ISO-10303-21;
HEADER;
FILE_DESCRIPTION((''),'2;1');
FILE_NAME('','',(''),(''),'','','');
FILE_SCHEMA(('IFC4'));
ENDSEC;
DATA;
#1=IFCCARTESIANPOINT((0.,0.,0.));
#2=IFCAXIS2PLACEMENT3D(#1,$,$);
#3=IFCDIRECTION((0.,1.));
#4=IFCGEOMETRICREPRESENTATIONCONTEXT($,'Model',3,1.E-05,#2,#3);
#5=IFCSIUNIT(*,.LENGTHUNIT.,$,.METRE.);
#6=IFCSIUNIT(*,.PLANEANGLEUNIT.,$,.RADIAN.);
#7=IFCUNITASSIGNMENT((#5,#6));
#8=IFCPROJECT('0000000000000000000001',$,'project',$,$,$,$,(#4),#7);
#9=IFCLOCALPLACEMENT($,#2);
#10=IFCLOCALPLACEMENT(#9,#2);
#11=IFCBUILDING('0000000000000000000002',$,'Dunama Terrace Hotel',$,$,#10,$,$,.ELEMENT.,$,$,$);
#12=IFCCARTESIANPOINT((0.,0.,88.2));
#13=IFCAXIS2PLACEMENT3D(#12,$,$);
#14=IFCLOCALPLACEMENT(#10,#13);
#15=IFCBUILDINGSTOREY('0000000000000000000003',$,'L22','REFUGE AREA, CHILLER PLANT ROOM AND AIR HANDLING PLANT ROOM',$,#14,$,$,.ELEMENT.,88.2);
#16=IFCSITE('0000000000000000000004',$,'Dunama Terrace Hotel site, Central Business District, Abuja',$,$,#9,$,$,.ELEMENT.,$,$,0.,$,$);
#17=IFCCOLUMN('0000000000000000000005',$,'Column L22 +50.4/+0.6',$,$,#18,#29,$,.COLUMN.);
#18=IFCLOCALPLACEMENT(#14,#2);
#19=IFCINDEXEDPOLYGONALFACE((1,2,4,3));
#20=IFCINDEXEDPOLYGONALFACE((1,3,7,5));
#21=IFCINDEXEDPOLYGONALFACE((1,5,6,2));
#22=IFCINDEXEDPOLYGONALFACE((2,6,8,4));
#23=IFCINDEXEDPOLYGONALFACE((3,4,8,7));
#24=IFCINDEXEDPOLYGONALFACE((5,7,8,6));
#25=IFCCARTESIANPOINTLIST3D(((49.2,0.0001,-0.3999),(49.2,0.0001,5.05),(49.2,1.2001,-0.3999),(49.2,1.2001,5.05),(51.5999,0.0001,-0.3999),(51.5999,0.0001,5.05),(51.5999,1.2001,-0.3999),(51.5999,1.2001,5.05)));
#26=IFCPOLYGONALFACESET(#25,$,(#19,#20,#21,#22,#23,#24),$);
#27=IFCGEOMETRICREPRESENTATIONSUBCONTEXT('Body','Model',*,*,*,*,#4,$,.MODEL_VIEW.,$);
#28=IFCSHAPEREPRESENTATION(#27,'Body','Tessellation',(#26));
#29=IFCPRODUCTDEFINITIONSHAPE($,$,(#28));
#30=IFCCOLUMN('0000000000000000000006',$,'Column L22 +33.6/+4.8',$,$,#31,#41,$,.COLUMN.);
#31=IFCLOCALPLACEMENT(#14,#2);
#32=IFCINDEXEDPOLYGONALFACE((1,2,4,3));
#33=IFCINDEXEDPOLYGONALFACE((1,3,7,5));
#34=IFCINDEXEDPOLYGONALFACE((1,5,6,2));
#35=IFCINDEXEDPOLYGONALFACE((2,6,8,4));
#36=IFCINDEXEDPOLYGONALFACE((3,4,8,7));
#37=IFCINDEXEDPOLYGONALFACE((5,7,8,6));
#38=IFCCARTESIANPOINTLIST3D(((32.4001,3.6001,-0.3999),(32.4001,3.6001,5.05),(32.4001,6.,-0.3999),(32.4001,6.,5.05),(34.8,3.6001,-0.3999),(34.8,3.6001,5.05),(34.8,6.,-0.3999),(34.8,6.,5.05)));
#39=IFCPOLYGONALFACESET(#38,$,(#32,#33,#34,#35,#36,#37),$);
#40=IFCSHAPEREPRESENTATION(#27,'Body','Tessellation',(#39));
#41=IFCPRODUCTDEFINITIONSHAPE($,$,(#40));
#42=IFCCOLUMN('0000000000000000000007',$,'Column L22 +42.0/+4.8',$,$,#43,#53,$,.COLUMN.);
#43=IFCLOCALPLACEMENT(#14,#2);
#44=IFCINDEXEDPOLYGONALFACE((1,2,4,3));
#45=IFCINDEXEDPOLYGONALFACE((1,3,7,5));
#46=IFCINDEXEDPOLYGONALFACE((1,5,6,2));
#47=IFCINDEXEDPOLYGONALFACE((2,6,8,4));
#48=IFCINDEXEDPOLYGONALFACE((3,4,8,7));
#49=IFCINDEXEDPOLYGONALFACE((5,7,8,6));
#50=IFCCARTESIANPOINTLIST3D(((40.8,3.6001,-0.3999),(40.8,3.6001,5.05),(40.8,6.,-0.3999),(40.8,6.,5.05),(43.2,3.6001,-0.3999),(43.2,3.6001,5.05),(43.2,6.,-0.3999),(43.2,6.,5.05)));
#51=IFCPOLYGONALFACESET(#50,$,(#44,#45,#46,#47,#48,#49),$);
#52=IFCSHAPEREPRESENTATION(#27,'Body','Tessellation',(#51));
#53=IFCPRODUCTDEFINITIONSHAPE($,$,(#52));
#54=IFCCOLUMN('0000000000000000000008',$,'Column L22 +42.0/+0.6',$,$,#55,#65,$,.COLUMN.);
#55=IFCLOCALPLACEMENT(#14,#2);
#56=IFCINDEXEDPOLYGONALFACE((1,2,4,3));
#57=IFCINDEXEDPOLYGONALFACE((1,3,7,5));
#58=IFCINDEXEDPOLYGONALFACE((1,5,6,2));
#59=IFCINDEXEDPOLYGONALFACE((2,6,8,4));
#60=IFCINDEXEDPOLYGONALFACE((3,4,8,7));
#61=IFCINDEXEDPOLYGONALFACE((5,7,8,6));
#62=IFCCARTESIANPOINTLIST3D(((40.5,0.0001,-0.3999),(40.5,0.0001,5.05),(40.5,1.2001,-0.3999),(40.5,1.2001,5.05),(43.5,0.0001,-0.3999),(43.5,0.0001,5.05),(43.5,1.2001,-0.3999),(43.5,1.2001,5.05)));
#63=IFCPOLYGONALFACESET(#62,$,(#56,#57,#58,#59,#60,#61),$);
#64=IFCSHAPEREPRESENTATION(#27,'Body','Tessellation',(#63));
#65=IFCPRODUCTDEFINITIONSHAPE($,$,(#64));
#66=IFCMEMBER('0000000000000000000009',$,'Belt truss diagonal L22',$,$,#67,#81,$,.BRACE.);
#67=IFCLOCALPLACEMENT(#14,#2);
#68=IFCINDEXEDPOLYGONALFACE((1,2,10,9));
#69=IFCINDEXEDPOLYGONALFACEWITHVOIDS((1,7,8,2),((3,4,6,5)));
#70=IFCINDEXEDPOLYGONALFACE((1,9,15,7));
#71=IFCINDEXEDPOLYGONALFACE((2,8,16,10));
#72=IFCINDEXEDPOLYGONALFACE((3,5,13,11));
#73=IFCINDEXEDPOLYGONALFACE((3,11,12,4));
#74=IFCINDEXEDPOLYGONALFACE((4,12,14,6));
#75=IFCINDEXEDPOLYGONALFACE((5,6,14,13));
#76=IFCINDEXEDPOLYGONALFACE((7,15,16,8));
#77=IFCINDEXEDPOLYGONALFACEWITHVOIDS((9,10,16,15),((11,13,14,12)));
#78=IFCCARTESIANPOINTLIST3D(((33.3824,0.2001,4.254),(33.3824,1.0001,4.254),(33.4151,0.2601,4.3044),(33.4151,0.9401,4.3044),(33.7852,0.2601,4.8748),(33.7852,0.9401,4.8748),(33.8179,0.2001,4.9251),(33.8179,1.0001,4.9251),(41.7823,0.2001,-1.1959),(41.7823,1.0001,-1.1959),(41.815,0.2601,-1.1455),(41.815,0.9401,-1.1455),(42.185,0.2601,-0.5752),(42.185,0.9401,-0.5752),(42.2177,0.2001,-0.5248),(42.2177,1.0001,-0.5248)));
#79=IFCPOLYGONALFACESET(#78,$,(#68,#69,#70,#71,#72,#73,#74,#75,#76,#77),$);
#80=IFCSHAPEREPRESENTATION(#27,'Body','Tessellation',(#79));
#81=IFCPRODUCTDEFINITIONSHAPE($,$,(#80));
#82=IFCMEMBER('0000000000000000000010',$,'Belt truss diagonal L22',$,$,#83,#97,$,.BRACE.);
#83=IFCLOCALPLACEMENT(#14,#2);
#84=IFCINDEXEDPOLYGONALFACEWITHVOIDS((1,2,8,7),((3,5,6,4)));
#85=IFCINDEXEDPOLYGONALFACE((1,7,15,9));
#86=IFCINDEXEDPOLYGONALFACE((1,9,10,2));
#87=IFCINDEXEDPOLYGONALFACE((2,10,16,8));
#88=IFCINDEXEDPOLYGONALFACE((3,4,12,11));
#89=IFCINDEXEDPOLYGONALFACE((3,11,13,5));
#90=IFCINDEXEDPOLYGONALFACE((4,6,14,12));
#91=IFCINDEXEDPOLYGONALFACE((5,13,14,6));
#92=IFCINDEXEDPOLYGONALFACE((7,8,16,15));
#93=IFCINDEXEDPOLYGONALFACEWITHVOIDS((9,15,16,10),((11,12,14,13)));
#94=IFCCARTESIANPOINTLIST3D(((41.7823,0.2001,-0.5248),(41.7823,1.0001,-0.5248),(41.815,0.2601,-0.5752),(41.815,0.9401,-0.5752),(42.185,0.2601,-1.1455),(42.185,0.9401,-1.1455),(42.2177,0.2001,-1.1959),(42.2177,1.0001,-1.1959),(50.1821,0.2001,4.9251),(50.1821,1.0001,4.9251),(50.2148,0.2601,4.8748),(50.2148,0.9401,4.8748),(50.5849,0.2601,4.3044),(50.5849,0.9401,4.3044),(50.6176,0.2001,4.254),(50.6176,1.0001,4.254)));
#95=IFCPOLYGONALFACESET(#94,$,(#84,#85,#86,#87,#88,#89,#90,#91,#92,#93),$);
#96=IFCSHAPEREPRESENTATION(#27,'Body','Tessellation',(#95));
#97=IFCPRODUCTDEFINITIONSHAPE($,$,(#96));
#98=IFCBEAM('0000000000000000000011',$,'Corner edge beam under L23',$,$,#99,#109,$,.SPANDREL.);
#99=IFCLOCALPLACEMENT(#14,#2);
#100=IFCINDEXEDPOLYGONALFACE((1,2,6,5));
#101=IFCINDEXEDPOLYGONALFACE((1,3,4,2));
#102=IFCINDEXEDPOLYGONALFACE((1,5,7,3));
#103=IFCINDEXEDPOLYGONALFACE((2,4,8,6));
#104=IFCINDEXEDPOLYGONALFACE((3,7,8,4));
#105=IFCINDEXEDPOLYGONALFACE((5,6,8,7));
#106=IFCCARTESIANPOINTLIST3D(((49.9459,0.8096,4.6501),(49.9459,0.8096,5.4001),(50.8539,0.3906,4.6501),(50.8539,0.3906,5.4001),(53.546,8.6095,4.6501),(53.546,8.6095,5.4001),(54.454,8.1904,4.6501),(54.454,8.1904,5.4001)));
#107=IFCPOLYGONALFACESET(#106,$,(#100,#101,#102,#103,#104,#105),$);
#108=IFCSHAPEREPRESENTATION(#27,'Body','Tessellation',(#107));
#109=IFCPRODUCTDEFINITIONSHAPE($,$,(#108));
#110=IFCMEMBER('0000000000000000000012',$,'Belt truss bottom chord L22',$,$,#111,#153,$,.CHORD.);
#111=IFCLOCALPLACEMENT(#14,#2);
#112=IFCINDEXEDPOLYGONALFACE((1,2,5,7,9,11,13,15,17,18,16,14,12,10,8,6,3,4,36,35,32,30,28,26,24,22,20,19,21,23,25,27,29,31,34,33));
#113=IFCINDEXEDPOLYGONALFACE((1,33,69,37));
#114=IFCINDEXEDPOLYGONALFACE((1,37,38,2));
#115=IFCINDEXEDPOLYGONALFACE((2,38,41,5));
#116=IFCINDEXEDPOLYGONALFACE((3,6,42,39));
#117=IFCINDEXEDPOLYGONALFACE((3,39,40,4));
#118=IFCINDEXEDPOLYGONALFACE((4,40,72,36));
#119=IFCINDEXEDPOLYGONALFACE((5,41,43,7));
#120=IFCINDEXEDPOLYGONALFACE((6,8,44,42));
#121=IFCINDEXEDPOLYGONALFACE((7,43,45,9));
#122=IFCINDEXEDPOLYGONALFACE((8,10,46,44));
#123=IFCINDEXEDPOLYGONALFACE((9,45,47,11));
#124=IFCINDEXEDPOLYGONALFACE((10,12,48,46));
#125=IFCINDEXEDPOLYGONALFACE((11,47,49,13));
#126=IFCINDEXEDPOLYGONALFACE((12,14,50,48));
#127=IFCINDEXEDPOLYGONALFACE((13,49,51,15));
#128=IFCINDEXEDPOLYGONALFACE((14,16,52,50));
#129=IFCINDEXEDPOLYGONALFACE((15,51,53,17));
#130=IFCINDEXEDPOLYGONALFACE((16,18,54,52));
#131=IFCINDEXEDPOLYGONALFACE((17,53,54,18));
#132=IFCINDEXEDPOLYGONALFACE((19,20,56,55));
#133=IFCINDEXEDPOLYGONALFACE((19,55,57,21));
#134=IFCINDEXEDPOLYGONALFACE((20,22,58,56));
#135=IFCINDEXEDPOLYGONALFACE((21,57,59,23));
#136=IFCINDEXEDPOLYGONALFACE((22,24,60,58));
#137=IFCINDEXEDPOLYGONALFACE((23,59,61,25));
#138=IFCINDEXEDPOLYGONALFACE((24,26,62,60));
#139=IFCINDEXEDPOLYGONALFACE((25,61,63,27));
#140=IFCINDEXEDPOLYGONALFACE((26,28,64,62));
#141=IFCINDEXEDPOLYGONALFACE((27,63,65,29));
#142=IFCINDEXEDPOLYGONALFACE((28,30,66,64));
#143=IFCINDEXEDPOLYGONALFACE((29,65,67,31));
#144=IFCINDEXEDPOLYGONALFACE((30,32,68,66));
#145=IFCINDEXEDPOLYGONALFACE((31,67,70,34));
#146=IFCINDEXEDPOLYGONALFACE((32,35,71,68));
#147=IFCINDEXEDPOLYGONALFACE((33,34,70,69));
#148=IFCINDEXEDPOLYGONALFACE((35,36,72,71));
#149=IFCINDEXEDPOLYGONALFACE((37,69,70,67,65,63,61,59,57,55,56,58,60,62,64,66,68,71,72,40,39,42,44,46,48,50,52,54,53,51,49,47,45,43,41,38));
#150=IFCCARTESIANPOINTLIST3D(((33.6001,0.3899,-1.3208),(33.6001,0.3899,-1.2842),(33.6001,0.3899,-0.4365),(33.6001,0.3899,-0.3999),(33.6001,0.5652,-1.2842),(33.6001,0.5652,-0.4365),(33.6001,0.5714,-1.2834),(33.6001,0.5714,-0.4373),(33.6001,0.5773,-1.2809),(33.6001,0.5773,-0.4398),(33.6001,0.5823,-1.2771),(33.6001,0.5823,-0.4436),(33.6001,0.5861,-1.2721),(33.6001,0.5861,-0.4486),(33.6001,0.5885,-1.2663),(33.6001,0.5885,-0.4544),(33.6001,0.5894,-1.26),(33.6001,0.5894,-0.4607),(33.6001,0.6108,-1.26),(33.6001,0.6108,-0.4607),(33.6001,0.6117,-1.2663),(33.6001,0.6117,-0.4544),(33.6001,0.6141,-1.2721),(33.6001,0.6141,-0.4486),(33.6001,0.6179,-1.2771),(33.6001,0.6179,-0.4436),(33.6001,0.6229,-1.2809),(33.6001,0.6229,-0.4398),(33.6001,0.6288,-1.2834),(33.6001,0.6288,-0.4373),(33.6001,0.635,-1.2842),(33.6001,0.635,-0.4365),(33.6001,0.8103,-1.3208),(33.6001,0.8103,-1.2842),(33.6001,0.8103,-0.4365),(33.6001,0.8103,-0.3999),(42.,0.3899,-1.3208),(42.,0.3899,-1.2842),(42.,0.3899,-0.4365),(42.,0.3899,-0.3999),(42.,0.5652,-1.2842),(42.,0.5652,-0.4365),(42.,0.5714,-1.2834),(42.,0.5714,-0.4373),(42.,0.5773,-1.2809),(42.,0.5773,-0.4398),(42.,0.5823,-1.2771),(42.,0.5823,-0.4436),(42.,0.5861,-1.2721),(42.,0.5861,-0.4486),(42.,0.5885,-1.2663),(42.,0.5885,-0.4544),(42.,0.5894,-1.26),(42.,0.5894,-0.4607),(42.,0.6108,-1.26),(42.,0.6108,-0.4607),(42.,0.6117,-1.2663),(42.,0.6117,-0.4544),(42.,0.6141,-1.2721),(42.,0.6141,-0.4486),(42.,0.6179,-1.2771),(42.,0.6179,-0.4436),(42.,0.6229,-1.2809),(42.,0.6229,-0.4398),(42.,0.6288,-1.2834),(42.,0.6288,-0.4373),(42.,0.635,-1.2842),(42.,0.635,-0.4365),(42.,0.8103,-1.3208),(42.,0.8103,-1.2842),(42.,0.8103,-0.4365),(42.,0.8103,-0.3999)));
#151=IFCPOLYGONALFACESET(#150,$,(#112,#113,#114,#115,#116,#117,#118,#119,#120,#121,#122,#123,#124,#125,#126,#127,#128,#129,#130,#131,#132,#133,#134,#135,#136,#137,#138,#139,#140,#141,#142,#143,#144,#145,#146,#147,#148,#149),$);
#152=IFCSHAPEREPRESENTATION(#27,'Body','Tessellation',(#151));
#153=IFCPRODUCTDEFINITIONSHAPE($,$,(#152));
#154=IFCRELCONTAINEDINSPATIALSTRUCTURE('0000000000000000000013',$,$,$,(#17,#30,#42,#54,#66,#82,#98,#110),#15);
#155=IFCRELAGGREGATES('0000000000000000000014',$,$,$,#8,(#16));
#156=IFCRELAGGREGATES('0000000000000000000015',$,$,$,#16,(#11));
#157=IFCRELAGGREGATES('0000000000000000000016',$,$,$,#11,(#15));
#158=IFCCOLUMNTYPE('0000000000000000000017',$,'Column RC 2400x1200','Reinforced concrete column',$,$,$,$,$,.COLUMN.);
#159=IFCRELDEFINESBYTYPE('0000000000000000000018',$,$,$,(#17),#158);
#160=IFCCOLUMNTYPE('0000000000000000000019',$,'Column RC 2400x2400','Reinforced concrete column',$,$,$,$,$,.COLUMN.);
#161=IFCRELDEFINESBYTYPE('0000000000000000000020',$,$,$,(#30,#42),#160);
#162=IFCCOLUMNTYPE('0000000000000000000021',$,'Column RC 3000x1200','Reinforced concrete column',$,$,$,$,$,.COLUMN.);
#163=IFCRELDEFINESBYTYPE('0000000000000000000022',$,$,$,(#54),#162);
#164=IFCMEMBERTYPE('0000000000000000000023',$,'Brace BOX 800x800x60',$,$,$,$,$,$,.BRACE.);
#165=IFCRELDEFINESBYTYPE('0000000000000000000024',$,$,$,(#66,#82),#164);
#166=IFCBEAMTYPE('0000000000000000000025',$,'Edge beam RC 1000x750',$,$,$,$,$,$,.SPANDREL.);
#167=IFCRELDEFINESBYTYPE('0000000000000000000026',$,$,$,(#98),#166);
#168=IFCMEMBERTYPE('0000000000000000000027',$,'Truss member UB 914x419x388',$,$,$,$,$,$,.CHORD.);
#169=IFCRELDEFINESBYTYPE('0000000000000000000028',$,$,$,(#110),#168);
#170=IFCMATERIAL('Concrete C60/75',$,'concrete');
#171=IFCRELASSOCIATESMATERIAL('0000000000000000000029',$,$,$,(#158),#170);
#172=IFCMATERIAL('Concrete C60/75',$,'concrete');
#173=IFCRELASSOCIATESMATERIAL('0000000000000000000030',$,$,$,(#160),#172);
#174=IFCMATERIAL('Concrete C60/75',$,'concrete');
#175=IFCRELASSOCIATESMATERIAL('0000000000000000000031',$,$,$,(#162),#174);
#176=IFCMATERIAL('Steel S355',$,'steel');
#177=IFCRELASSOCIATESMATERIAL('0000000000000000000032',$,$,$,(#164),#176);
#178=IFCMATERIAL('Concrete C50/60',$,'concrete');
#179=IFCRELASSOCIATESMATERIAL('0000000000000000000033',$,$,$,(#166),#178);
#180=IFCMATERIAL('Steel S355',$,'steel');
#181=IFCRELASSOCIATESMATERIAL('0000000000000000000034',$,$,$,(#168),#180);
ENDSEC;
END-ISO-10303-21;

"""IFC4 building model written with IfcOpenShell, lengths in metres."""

from ifc_helpers import new_model, si_unit, direction, frame, origin, origin_2d, place, context, subcontext, project, spatial, rectangle, hollow_rectangle, i_section, extrude, material, material_profile, profile_set, type_object, element, save


model = new_model("IFC4")

# Units and contexts
model_context = context("Model", 3, precision=1e-05, world=origin(), true_north=direction((0.0, 1.0)))
body_context = subcontext(model_context, "Body", "Model", "MODEL_VIEW")
ifc_project = project(units=[si_unit("LENGTHUNIT", "METRE"), si_unit("PLANEANGLEUNIT", "RADIAN")], contexts=[model_context])

# Site, building, storey
site_placement = place(None, origin())
site = spatial("IfcSite", under=ifc_project, at=site_placement, Name="Dunama Terrace Hotel site, Central Business District, Abuja", CompositionType="ELEMENT", RefElevation=0.0)
building_placement = place(site_placement, origin())
building = spatial("IfcBuilding", under=site, at=building_placement, Name="Dunama Terrace Hotel", CompositionType="ELEMENT")
storey_placement = place(building_placement, frame((0.0, 0.0, 88.2)))
storey = spatial("IfcBuildingStorey", under=building, at=storey_placement, Name="L22", Description="REFUGE AREA, CHILLER PLANT ROOM AND AIR HANDLING PLANT ROOM", CompositionType="ELEMENT", Elevation=88.2)

# Columns
ifc_material_1 = material(Name="Concrete C60/75", Category="concrete")
ifc_material_profile_1 = material_profile(ifc_material_1, rectangle(XDim=2.3999, YDim=1.2, at=origin_2d()), Name="RC 2400x1200")
ifc_profile_set_1 = profile_set([ifc_material_profile_1], Name="Concrete C60/75")
column_type_1 = type_object("IfcColumnType", Name="Column RC 2400x1200", Description="Reinforced concrete column", PredefinedType="COLUMN", material=ifc_profile_set_1)
column_1_placement = place(storey_placement, frame((50.3999, 0.6001, -0.3999), z_axis=(0.0, 0.0, 1.0), x_axis=(1.0, 0.0, 0.0)))
element("IfcColumn", 1, at=column_1_placement, inside=storey, type_object=column_type_1, Name="Column L22 +50.4/+0.6", PredefinedType="COLUMN", context=body_context, shape_type="SweptSolid", body=[
    extrude(rectangle(XDim=2.3999, YDim=1.2, at=origin_2d()), origin(), (0.0, 0.0, 1.0), 5.45),
])
ifc_material_2 = material(Name="Concrete C60/75", Category="concrete")
ifc_material_profile_2 = material_profile(ifc_material_2, rectangle(XDim=2.3999, YDim=2.3999, at=origin_2d()), Name="RC 2400x2400")
ifc_profile_set_2 = profile_set([ifc_material_profile_2], Name="Concrete C60/75")
column_type_2 = type_object("IfcColumnType", Name="Column RC 2400x2400", Description="Reinforced concrete column", PredefinedType="COLUMN", material=ifc_profile_set_2)
for number, where, z_axis, x_axis, name in (
    (2, (33.6001, 4.8, -0.3999), (0.0, 0.0, 1.0), (1.0, 0.0, 0.0), "Column L22 +33.6/+4.8"),
    (3, (42.0, 4.8, -0.3999), (0.0, 0.0, 1.0), (1.0, 0.0, 0.0), "Column L22 +42.0/+4.8"),
):
    element("IfcColumn", number, at=place(storey_placement, frame(where, z_axis=z_axis, x_axis=x_axis)), inside=storey, type_object=column_type_2, Name=name, PredefinedType="COLUMN", context=body_context, shape_type="SweptSolid", body=[
        extrude(rectangle(XDim=2.3999, YDim=2.3999, at=origin_2d()), origin(), (0.0, 0.0, 1.0), 5.45),
    ])
ifc_material_3 = material(Name="Concrete C60/75", Category="concrete")
ifc_material_profile_3 = material_profile(ifc_material_3, rectangle(XDim=3.0, YDim=1.2, at=origin_2d()), Name="RC 3000x1200")
ifc_profile_set_3 = profile_set([ifc_material_profile_3], Name="Concrete C60/75")
column_type_3 = type_object("IfcColumnType", Name="Column RC 3000x1200", Description="Reinforced concrete column", PredefinedType="COLUMN", material=ifc_profile_set_3)
column_2_placement = place(storey_placement, frame((42.0, 0.6001, -0.3999), z_axis=(0.0, 0.0, 1.0), x_axis=(1.0, 0.0, 0.0)))
element("IfcColumn", 4, at=column_2_placement, inside=storey, type_object=column_type_3, Name="Column L22 +42.0/+0.6", PredefinedType="COLUMN", context=body_context, shape_type="SweptSolid", body=[
    extrude(rectangle(XDim=3.0, YDim=1.2, at=origin_2d()), origin(), (0.0, 0.0, 1.0), 5.45),
])

# Members
ifc_material_4 = material(Name="Steel S355", Category="steel")
ifc_material_profile_4 = material_profile(ifc_material_4, hollow_rectangle(XDim=0.8, YDim=0.8, WallThickness=0.0601, at=origin_2d()), Name="BOX 800x800x60")
ifc_profile_set_4 = profile_set([ifc_material_profile_4], Name="Steel S355")
member_type_1 = type_object("IfcMemberType", Name="Brace BOX 800x800x60", PredefinedType="BRACE", material=ifc_profile_set_4)
for number, where, z_axis, x_axis, name in (
    (5, (42.0, 0.6001, -0.8604), (-0.838899, 0.0, 0.544287), (0.0, -1.0, 0.0), "Belt truss diagonal L22"),
    (6, (42.0, 0.6001, -0.8604), (0.838899, 0.0, 0.544287), (0.0, 1.0, 0.0), "Belt truss diagonal L22"),
):
    element("IfcMember", number, at=place(storey_placement, frame(where, z_axis=z_axis, x_axis=x_axis)), inside=storey, type_object=member_type_1, Name=name, PredefinedType="BRACE", context=body_context, shape_type="SweptSolid", body=[
        extrude(hollow_rectangle(XDim=0.8, YDim=0.8, WallThickness=0.0601, at=origin_2d()), origin(), (0.0, 0.0, 1.0), 10.0129),
    ])

# Beam
ifc_material_5 = material(Name="Concrete C50/60", Category="concrete")
ifc_material_profile_5 = material_profile(ifc_material_5, rectangle(XDim=1.0, YDim=0.75, at=origin_2d()), Name="RC 1000x750")
ifc_profile_set_5 = profile_set([ifc_material_profile_5], Name="Concrete C50/60")
beam_type = type_object("IfcBeamType", Name="Edge beam RC 1000x750", PredefinedType="SPANDREL", material=ifc_profile_set_5)
beam_placement = place(storey_placement, frame((50.3999, 0.6001, 5.0251), z_axis=(0.419076, 0.907951, 0.0), x_axis=(-0.907951, 0.419076, 0.0)))
element("IfcBeam", 7, at=beam_placement, inside=storey, type_object=beam_type, Name="Corner edge beam under L23", PredefinedType="SPANDREL", context=body_context, shape_type="SweptSolid", body=[
    extrude(rectangle(XDim=1.0, YDim=0.75, at=origin_2d()), origin(), (0.0, 0.0, 1.0), 8.5906),
])

# Member
ifc_material_6 = material(Name="Steel S355", Category="steel")
ifc_material_profile_6 = material_profile(ifc_material_6, i_section(OverallWidth=0.4204, OverallDepth=0.9209, WebThickness=0.0215, FlangeThickness=0.0366, FilletRadius=0.0242, at=origin_2d()), Name="UB 914x419x388")
ifc_profile_set_6 = profile_set([ifc_material_profile_6], Name="Steel S355")
member_type_2 = type_object("IfcMemberType", Name="Truss member UB 914x419x388", PredefinedType="CHORD", material=ifc_profile_set_6)
for number, where, z_axis, x_axis, name in (
    (8, (33.6001, 0.6001, -0.8604), (1.0, 0.0, 0.0), (0.0, 1.0, 0.0), "Belt truss bottom chord L22"),
):
    element("IfcMember", number, at=place(storey_placement, frame(where, z_axis=z_axis, x_axis=x_axis)), inside=storey, type_object=member_type_2, Name=name, PredefinedType="CHORD", context=body_context, shape_type="SweptSolid", body=[
        extrude(i_section(OverallWidth=0.4204, OverallDepth=0.9209, WebThickness=0.0215, FlangeThickness=0.0366, FilletRadius=0.0242, at=origin_2d()), origin(), (0.0, 0.0, 1.0), 8.3999),
    ])

save(model, "model.ifc")
